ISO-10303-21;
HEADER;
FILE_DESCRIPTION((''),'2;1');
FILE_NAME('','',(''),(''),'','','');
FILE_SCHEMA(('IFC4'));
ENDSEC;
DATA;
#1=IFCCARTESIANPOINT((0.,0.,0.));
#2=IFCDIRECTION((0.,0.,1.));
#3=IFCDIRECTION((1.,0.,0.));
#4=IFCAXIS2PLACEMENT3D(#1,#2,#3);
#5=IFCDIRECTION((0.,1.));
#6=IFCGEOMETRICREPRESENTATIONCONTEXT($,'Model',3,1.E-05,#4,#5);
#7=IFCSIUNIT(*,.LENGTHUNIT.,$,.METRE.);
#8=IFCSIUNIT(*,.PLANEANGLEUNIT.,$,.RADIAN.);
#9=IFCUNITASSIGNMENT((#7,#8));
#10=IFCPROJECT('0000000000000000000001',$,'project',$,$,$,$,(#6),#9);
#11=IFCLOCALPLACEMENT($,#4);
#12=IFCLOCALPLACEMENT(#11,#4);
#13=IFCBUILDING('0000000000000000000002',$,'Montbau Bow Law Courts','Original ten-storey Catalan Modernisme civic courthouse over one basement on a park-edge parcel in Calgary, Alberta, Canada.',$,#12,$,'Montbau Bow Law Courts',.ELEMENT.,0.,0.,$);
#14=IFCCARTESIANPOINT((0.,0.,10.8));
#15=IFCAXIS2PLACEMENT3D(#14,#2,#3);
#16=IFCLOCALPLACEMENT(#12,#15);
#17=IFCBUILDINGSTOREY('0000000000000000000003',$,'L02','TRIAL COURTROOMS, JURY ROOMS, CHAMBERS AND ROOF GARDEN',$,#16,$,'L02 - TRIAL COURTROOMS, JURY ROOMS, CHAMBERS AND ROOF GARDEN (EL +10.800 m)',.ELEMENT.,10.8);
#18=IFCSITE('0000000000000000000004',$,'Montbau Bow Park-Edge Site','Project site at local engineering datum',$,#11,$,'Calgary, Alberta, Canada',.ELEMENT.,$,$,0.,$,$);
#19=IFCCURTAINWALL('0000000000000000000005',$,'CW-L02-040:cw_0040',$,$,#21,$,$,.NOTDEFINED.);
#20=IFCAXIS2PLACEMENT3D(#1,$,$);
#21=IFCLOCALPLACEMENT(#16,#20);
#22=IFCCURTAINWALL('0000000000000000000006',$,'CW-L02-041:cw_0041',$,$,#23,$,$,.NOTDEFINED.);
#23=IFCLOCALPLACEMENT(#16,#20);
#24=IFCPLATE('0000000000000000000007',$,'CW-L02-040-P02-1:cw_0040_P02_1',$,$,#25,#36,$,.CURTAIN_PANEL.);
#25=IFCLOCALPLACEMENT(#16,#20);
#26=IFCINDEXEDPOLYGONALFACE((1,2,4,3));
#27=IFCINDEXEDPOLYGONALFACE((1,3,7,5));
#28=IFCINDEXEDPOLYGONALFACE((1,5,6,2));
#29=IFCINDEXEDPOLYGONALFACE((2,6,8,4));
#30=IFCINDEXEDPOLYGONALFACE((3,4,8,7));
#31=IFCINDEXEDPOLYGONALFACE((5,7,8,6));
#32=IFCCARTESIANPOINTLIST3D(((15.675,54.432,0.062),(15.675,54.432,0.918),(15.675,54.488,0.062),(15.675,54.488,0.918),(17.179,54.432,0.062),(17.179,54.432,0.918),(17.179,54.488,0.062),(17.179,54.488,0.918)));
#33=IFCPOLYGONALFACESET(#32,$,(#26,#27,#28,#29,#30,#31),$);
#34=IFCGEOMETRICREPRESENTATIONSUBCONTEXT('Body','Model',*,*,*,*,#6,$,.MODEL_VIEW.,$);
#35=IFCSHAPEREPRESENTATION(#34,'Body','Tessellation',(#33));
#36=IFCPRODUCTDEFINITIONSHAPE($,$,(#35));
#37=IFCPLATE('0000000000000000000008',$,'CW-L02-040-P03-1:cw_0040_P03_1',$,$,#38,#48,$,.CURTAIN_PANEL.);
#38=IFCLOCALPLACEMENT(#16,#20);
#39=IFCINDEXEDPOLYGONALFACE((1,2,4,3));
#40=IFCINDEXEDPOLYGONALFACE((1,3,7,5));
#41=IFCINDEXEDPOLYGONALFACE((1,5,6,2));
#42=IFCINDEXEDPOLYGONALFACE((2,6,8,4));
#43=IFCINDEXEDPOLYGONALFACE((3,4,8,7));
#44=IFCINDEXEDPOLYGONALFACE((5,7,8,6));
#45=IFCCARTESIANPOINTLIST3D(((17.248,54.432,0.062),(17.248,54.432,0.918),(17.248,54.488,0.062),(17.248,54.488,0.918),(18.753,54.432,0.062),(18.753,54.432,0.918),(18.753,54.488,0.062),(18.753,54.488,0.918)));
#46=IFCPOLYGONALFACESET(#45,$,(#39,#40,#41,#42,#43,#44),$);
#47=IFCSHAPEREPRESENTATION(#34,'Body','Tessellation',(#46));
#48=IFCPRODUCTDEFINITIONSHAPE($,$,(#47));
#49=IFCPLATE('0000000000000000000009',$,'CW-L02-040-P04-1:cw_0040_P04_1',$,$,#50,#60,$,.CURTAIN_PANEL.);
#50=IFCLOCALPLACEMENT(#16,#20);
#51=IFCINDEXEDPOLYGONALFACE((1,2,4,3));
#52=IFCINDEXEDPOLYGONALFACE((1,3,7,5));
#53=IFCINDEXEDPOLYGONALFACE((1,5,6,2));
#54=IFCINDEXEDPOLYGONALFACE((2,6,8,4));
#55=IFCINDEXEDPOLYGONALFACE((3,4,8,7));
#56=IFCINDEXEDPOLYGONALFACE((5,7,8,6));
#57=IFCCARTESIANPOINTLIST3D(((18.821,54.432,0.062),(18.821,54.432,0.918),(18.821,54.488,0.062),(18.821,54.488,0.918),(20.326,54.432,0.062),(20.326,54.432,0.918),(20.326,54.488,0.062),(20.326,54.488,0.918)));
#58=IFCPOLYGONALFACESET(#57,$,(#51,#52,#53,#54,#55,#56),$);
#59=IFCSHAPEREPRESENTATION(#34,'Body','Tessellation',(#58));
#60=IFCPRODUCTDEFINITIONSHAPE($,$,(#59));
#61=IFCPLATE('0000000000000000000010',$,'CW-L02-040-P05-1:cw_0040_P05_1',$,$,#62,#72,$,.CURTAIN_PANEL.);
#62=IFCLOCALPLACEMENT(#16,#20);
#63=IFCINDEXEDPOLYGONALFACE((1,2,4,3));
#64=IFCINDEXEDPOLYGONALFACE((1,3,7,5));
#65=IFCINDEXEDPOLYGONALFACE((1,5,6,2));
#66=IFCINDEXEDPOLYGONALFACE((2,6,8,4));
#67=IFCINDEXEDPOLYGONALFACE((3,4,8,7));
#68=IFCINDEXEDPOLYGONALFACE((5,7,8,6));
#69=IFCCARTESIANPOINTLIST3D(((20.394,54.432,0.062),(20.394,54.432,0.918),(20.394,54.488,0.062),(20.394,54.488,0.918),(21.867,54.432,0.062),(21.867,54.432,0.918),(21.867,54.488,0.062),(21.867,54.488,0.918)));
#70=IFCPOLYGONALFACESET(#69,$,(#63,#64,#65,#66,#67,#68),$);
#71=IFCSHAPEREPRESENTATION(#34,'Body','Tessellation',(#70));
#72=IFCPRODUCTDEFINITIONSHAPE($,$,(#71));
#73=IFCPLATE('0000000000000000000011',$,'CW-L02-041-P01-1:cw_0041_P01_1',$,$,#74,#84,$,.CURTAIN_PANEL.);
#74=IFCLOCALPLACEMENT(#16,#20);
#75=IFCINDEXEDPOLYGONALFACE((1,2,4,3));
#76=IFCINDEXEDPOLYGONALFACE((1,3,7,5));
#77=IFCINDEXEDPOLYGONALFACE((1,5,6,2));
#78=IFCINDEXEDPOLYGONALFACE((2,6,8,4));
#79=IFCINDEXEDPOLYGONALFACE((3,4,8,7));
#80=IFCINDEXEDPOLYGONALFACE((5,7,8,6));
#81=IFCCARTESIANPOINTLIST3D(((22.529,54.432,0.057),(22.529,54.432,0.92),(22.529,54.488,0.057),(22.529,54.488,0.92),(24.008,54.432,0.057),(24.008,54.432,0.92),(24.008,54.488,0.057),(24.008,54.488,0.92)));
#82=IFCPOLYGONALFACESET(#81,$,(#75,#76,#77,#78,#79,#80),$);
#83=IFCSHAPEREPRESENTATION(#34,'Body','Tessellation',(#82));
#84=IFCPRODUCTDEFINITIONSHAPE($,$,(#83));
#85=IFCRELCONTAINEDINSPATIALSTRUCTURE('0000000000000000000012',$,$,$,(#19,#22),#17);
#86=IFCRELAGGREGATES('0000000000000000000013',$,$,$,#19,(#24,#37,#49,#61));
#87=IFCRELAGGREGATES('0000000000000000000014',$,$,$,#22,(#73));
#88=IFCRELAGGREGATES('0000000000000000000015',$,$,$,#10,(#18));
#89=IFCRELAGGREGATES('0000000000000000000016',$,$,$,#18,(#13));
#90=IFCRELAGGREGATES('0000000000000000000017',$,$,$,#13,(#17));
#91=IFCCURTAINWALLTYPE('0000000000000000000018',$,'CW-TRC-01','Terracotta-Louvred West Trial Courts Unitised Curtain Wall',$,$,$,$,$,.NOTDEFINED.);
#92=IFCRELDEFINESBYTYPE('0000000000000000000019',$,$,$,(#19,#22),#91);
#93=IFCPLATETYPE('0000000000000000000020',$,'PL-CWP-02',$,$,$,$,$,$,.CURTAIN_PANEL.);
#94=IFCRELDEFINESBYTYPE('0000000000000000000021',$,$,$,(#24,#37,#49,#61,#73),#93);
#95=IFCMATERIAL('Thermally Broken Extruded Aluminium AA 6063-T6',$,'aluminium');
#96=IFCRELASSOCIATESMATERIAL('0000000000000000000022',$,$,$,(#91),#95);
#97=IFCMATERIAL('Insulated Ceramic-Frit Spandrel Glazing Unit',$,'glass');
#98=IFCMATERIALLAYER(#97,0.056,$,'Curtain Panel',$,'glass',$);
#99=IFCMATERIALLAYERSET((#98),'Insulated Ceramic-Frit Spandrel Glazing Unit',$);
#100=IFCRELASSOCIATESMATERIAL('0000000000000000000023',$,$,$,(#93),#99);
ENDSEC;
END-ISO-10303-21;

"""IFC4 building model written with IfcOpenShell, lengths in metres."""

from ifc_helpers import new_model, si_unit, direction, frame, frame_2d, origin_with_axes, place, context, subcontext, project, spatial, rectangle, extrude, material, layer, layer_set, type_object, element, aggregate, save


model = new_model("IFC4")

# Units and contexts
model_context = context("Model", 3, precision=1e-05, world=origin_with_axes(), true_north=direction((0.0, 1.0)))
body_context = subcontext(model_context, "Body", "Model", "MODEL_VIEW")
ifc_project = project(units=[si_unit("LENGTHUNIT", "METRE"), si_unit("PLANEANGLEUNIT", "RADIAN")], contexts=[model_context])

# Site, building, storey
site_placement = place(None, origin_with_axes())
site = spatial("IfcSite", under=ifc_project, at=site_placement, Name="Montbau Bow Park-Edge Site", Description="Project site at local engineering datum", LongName="Calgary, Alberta, Canada", CompositionType="ELEMENT", RefElevation=0.0)
building_placement = place(site_placement, origin_with_axes())
building = spatial("IfcBuilding", under=site, at=building_placement, Name="Montbau Bow Law Courts", Description="Original ten-storey Catalan Modernisme civic courthouse over one basement on a park-edge parcel in Calgary, Alberta, Canada.", LongName="Montbau Bow Law Courts", CompositionType="ELEMENT", ElevationOfRefHeight=0.0, ElevationOfTerrain=0.0)
storey_placement = place(building_placement, frame((0.0, 0.0, 10.8), z_axis=(0.0, 0.0, 1.0), x_axis=(1.0, 0.0, 0.0)))
storey = spatial("IfcBuildingStorey", under=building, at=storey_placement, Name="L02", Description="TRIAL COURTROOMS, JURY ROOMS, CHAMBERS AND ROOF GARDEN", LongName="L02 - TRIAL COURTROOMS, JURY ROOMS, CHAMBERS AND ROOF GARDEN (EL +10.800 m)", CompositionType="ELEMENT", Elevation=10.8)

# Curtain wall
ifc_material_1 = material(Name="Thermally Broken Extruded Aluminium AA 6063-T6", Category="aluminium")
curtain_wall_type = type_object("IfcCurtainWallType", Name="CW-TRC-01", Description="Terracotta-Louvred West Trial Courts Unitised Curtain Wall", PredefinedType="NOTDEFINED", material=ifc_material_1)
curtain_wall_1_placement = place(None, frame((14.068, 54.46, 10.8), z_axis=(0.0, 0.0, 1.0), x_axis=(1.0, 0.0, 0.0)))
curtain_wall_1 = element("IfcCurtainWall", 1, at=curtain_wall_1_placement, inside=storey, type_object=curtain_wall_type, Name="CW-L02-040:cw_0040", PredefinedType="NOTDEFINED")

# Curtain wall
curtain_wall_2_placement = place(None, frame((22.467, 54.46, 10.8), z_axis=(0.0, 0.0, 1.0), x_axis=(1.0, 0.0, 0.0)))
curtain_wall_2 = element("IfcCurtainWall", 2, at=curtain_wall_2_placement, inside=storey, type_object=curtain_wall_type, Name="CW-L02-041:cw_0041", PredefinedType="NOTDEFINED")

# Plates
ifc_material_2 = material(Name="Insulated Ceramic-Frit Spandrel Glazing Unit", Category="glass")
ifc_layer_1 = layer(ifc_material_2, 0.056, Name="Curtain Panel", Category="glass")
ifc_layer_set_1 = layer_set([ifc_layer_1], Name="Insulated Ceramic-Frit Spandrel Glazing Unit")
plate_type_1 = type_object("IfcPlateType", Name="PL-CWP-02", PredefinedType="CURTAIN_PANEL", material=ifc_layer_set_1)
plate_1_placement = place(None, frame((15.675, 54.46, 10.862), z_axis=(0.0, -1.0, 0.0), x_axis=(1.0, 0.0, 0.0)))
plate_1 = element("IfcPlate", 3, at=plate_1_placement, type_object=plate_type_1, Name="CW-L02-040-P02-1:cw_0040_P02_1", PredefinedType="CURTAIN_PANEL", context=body_context, shape_type="SweptSolid", body=[
    extrude(rectangle(XDim=1.504, YDim=0.856, at=frame_2d((0.752, 0.428), x_axis=(1.0, 0.0))), frame((0.0, 0.0, -0.028), z_axis=(0.0, 0.0, 1.0), x_axis=(1.0, 0.0, 0.0)), (0.0, 0.0, 1.0), 0.056),
])
plate_2_placement = place(None, frame((17.248, 54.46, 10.862), z_axis=(0.0, -1.0, 0.0), x_axis=(1.0, 0.0, 0.0)))
plate_2 = element("IfcPlate", 4, at=plate_2_placement, type_object=plate_type_1, Name="CW-L02-040-P03-1:cw_0040_P03_1", PredefinedType="CURTAIN_PANEL", context=body_context, shape_type="SweptSolid", body=[
    extrude(rectangle(XDim=1.505, YDim=0.856, at=frame_2d((0.7525, 0.428), x_axis=(1.0, 0.0))), frame((0.0, 0.0, -0.028), z_axis=(0.0, 0.0, 1.0), x_axis=(1.0, 0.0, 0.0)), (0.0, 0.0, 1.0), 0.056),
])
plate_3_placement = place(None, frame((18.821, 54.46, 10.862), z_axis=(0.0, -1.0, 0.0), x_axis=(1.0, 0.0, 0.0)))
plate_3 = element("IfcPlate", 5, at=plate_3_placement, type_object=plate_type_1, Name="CW-L02-040-P04-1:cw_0040_P04_1", PredefinedType="CURTAIN_PANEL", context=body_context, shape_type="SweptSolid", body=[
    extrude(rectangle(XDim=1.505, YDim=0.856, at=frame_2d((0.7525, 0.428), x_axis=(1.0, 0.0))), frame((0.0, 0.0, -0.028), z_axis=(0.0, 0.0, 1.0), x_axis=(1.0, 0.0, 0.0)), (0.0, 0.0, 1.0), 0.056),
])
plate_4_placement = place(None, frame((20.394, 54.46, 10.862), z_axis=(0.0, -1.0, 0.0), x_axis=(1.0, 0.0, 0.0)))
plate_4 = element("IfcPlate", 6, at=plate_4_placement, type_object=plate_type_1, Name="CW-L02-040-P05-1:cw_0040_P05_1", PredefinedType="CURTAIN_PANEL", context=body_context, shape_type="SweptSolid", body=[
    extrude(rectangle(XDim=1.473, YDim=0.856, at=frame_2d((0.7365, 0.428), x_axis=(1.0, 0.0))), frame((0.0, 0.0, -0.028), z_axis=(0.0, 0.0, 1.0), x_axis=(1.0, 0.0, 0.0)), (0.0, 0.0, 1.0), 0.056),
])
aggregate(curtain_wall_1, [plate_1, plate_2, plate_3, plate_4])
plate_5_placement = place(None, frame((22.529, 54.46, 10.857), z_axis=(0.0, -1.0, 0.0), x_axis=(1.0, 0.0, 0.0)))
plate_5 = element("IfcPlate", 7, at=plate_5_placement, type_object=plate_type_1, Name="CW-L02-041-P01-1:cw_0041_P01_1", PredefinedType="CURTAIN_PANEL", context=body_context, shape_type="SweptSolid", body=[
    extrude(rectangle(XDim=1.479, YDim=0.863, at=frame_2d((0.7395, 0.4315), x_axis=(1.0, 0.0))), frame((0.0, 0.0, -0.028), z_axis=(0.0, 0.0, 1.0), x_axis=(1.0, 0.0, 0.0)), (0.0, 0.0, 1.0), 0.056),
])
aggregate(curtain_wall_2, [plate_5])

save(model, "model.ifc")
